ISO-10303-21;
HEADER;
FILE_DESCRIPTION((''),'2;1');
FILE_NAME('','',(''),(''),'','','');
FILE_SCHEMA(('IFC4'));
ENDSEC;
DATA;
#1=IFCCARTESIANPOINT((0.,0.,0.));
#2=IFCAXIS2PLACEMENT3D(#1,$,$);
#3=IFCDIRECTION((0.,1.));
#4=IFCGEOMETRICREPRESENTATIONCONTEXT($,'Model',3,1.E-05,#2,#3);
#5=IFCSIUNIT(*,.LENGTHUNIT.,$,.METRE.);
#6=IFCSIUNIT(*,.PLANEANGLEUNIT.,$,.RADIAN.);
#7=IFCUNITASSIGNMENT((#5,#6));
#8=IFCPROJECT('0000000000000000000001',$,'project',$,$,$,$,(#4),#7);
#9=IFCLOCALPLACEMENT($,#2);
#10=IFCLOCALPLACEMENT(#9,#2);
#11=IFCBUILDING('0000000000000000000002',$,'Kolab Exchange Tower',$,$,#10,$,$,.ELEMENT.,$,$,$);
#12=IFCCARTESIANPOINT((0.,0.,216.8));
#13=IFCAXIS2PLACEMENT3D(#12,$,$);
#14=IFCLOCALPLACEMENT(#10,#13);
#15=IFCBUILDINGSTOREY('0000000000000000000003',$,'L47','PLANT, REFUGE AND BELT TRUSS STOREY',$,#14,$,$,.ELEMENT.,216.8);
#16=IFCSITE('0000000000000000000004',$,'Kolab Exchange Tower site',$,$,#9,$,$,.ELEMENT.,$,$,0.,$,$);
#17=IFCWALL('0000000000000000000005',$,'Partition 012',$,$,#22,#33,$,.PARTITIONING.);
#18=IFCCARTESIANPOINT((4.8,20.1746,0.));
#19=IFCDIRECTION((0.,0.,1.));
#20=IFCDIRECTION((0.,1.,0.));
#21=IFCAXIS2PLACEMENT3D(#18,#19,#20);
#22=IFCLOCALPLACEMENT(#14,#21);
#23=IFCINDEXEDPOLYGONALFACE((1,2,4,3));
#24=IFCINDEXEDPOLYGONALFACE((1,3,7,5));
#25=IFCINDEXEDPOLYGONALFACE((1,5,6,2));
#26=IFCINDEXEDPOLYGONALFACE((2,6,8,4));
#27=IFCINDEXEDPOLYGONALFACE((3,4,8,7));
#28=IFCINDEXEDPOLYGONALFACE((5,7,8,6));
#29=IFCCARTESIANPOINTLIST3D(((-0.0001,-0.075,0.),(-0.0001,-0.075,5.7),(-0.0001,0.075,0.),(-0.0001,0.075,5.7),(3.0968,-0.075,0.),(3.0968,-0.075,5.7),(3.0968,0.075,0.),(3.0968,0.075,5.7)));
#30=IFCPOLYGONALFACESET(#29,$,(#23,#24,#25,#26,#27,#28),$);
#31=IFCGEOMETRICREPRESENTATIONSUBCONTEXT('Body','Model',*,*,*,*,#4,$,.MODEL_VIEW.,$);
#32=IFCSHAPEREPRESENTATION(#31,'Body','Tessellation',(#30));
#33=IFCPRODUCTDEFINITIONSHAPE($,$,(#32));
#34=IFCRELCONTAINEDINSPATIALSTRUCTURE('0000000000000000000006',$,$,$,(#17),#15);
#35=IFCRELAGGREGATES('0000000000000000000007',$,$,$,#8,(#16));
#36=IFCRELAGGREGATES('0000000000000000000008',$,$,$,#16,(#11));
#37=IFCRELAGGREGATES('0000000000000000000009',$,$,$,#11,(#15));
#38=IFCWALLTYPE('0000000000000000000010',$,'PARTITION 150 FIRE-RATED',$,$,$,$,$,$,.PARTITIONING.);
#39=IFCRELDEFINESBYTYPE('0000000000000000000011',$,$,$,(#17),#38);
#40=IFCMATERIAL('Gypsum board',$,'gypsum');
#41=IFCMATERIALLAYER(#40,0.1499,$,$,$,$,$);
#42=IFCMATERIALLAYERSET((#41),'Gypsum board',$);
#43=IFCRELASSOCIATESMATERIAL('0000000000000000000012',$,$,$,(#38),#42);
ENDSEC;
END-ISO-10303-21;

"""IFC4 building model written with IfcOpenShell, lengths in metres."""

from ifc_helpers import new_model, si_unit, direction, frame, frame_2d, origin, place, context, subcontext, project, spatial, rectangle, extrude, material, layer, layer_set, type_object, element, save


model = new_model("IFC4")

# Units and contexts
model_context = context("Model", 3, precision=1e-05, world=origin(), true_north=direction((0.0, 1.0)))
body_context = subcontext(model_context, "Body", "Model", "MODEL_VIEW")
ifc_project = project(units=[si_unit("LENGTHUNIT", "METRE"), si_unit("PLANEANGLEUNIT", "RADIAN")], contexts=[model_context])

# Site, building, storey
site_placement = place(None, origin())
site = spatial("IfcSite", under=ifc_project, at=site_placement, Name="Kolab Exchange Tower site", CompositionType="ELEMENT", RefElevation=0.0)
building_placement = place(site_placement, origin())
building = spatial("IfcBuilding", under=site, at=building_placement, Name="Kolab Exchange Tower", CompositionType="ELEMENT")
storey_placement = place(building_placement, frame((0.0, 0.0, 216.8)))
storey = spatial("IfcBuildingStorey", under=building, at=storey_placement, Name="L47", Description="PLANT, REFUGE AND BELT TRUSS STOREY", CompositionType="ELEMENT", Elevation=216.8)

# Wall
ifc_material_1 = material(Name="Gypsum board", Category="gypsum")
ifc_layer = layer(ifc_material_1, 0.1499)
ifc_layer_set = layer_set([ifc_layer], Name="Gypsum board")
wall_type = type_object("IfcWallType", Name="PARTITION 150 FIRE-RATED", PredefinedType="PARTITIONING", material=ifc_layer_set)
wall_1_placement = place(storey_placement, frame((4.8, 20.1746, 0.0), z_axis=(0.0, 0.0, 1.0), x_axis=(0.0, 1.0, 0.0)))
element("IfcWall", 1, at=wall_1_placement, inside=storey, type_object=wall_type, Name="Partition 012", PredefinedType="PARTITIONING", context=body_context, shape_type="SweptSolid", body=[
    extrude(rectangle(XDim=3.0969, YDim=0.1499, at=frame_2d((1.5483, 0.0))), origin(), (0.0, 0.0, 1.0), 5.7),
])

save(model, "model.ifc")
